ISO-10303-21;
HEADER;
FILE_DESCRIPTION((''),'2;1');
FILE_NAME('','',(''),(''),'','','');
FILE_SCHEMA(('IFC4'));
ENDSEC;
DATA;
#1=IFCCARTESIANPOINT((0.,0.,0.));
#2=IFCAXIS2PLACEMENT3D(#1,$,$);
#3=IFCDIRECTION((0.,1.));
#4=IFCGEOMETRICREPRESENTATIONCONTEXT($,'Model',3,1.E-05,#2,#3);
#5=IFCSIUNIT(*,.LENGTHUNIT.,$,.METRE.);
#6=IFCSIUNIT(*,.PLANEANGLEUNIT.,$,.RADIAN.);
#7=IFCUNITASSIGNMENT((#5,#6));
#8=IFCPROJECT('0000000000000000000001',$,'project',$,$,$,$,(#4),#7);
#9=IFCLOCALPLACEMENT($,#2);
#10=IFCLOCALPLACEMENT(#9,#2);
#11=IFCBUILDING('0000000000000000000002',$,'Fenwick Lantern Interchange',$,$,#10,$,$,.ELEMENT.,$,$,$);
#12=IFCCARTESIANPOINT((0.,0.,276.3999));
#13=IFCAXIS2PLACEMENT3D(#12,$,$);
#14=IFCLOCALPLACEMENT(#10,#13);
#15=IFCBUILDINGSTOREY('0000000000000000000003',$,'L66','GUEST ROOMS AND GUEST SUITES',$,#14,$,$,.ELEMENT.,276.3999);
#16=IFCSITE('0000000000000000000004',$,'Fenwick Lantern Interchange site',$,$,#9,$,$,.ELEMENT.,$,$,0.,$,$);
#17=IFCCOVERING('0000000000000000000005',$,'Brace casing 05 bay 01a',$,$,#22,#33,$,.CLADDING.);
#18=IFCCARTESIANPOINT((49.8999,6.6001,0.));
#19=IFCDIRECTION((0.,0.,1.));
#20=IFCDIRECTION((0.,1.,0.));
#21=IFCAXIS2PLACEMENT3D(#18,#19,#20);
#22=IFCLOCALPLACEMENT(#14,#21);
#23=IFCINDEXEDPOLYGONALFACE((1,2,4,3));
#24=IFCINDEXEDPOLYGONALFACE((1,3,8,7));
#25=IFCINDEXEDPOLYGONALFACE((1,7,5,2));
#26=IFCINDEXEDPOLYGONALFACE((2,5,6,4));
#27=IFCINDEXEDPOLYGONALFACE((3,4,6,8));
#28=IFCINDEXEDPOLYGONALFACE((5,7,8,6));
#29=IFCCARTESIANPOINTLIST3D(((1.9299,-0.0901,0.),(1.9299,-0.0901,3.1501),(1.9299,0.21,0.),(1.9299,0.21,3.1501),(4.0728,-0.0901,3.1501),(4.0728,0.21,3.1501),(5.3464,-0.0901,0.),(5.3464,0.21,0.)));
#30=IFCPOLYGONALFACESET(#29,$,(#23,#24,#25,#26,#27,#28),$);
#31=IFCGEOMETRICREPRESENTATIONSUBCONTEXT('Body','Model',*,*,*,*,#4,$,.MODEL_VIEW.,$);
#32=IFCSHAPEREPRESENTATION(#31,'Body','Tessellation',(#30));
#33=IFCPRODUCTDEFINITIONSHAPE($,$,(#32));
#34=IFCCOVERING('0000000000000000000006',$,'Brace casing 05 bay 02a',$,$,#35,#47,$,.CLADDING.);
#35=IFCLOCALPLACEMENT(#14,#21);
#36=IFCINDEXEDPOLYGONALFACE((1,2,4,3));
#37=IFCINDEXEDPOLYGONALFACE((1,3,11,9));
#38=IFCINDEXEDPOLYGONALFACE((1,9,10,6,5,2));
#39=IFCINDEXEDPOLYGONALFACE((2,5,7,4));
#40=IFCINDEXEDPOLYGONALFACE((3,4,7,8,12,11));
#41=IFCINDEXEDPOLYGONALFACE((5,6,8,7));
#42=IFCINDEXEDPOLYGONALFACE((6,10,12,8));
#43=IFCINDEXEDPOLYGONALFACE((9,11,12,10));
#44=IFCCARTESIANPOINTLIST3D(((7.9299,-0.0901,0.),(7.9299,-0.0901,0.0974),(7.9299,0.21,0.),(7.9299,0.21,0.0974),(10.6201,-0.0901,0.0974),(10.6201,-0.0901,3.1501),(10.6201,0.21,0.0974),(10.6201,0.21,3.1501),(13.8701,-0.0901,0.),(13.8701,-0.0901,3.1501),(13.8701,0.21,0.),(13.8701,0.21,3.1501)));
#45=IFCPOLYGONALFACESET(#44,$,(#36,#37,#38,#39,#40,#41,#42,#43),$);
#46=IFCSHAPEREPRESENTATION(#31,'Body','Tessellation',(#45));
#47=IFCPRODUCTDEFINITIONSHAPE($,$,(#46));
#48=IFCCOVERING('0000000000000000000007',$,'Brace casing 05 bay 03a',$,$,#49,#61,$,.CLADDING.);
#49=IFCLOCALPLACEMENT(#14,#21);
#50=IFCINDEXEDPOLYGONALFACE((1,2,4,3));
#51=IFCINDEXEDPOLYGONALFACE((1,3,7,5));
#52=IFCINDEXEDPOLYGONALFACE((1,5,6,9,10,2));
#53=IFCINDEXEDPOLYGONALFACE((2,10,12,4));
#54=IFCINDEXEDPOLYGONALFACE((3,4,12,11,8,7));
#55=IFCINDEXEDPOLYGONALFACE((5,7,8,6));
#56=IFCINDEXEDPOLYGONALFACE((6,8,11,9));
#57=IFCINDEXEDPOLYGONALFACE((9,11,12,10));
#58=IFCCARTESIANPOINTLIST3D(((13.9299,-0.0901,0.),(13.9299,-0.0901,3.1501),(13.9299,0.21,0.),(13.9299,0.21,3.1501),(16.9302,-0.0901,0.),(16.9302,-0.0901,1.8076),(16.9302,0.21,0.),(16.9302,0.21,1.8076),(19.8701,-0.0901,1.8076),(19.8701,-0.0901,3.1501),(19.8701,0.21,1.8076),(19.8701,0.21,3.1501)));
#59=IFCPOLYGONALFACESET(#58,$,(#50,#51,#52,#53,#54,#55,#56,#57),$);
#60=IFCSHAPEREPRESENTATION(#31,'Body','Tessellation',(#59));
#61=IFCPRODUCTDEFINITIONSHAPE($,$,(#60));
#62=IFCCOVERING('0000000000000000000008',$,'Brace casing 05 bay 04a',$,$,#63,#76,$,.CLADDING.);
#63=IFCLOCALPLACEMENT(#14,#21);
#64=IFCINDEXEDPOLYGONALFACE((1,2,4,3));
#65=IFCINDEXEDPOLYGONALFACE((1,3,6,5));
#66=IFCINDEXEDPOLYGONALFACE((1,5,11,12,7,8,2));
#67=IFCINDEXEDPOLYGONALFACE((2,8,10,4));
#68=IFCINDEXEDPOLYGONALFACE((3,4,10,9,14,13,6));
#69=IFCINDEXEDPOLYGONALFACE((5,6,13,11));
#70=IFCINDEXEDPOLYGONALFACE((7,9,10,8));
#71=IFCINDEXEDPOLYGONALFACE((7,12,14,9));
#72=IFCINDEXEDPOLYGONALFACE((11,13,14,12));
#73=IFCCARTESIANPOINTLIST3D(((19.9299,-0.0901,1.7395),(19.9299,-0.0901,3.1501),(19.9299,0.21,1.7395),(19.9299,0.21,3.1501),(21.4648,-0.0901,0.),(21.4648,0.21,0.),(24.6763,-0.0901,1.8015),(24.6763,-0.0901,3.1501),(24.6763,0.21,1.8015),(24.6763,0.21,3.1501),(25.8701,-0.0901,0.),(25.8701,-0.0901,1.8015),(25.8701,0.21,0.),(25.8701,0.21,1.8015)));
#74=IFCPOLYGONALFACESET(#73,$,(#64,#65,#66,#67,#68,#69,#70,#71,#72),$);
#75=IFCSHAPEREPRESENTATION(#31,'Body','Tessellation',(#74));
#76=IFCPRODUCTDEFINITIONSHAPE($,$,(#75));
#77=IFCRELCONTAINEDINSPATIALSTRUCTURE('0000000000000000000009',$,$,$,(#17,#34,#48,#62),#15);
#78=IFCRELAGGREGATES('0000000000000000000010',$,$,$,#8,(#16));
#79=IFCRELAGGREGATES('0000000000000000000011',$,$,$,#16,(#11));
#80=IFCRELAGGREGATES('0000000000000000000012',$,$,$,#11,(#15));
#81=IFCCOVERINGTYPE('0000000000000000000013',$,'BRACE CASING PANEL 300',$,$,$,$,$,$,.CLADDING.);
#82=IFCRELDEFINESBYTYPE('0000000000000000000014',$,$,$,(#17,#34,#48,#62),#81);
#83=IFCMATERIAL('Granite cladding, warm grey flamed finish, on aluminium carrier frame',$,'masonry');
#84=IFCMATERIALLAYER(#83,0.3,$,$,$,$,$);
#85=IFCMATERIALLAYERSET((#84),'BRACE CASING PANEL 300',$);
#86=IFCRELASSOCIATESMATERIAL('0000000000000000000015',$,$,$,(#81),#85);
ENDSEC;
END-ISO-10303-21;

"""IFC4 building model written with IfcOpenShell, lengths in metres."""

from ifc_helpers import new_model, si_unit, direction, frame, origin, place, context, subcontext, project, spatial, polyline, outline, extrude, material, layer, layer_set, type_object, element, save


model = new_model("IFC4")

# Units and contexts
model_context = context("Model", 3, precision=1e-05, world=origin(), true_north=direction((0.0, 1.0)))
body_context = subcontext(model_context, "Body", "Model", "MODEL_VIEW")
ifc_project = project(units=[si_unit("LENGTHUNIT", "METRE"), si_unit("PLANEANGLEUNIT", "RADIAN")], contexts=[model_context])

# Site, building, storey
site_placement = place(None, origin())
site = spatial("IfcSite", under=ifc_project, at=site_placement, Name="Fenwick Lantern Interchange site", CompositionType="ELEMENT", RefElevation=0.0)
building_placement = place(site_placement, origin())
building = spatial("IfcBuilding", under=site, at=building_placement, Name="Fenwick Lantern Interchange", CompositionType="ELEMENT")
storey_placement = place(building_placement, frame((0.0, 0.0, 276.3999)))
storey = spatial("IfcBuildingStorey", under=building, at=storey_placement, Name="L66", Description="GUEST ROOMS AND GUEST SUITES", CompositionType="ELEMENT", Elevation=276.3999)

# Coverings
ifc_material_1 = material(Name="Granite cladding, warm grey flamed finish, on aluminium carrier frame", Category="masonry")
ifc_layer_1 = layer(ifc_material_1, 0.3)
ifc_layer_set_1 = layer_set([ifc_layer_1], Name="BRACE CASING PANEL 300")
covering_type = type_object("IfcCoveringType", Name="BRACE CASING PANEL 300", PredefinedType="CLADDING", material=ifc_layer_set_1)
covering_1_placement = place(storey_placement, frame((49.8999, 6.6001, 0.0), z_axis=(0.0, 0.0, 1.0), x_axis=(0.0, 1.0, 0.0)))
element("IfcCovering", 1, at=covering_1_placement, inside=storey, type_object=covering_type, Name="Brace casing 05 bay 01a", PredefinedType="CLADDING", context=body_context, shape_type="SweptSolid", body=[
    extrude(outline(polyline([(1.9299, 0.0), (5.3464, 0.0), (4.0728, 3.1501), (1.9299, 3.1501), (1.9299, 0.0)])), frame((0.0, 0.21, 0.0), z_axis=(0.0, -1.0, 0.0), x_axis=(1.0, 0.0, 0.0)), (0.0, 0.0, 1.0), 0.3),
])
covering_2_placement = place(storey_placement, frame((49.8999, 6.6001, 0.0), z_axis=(0.0, 0.0, 1.0), x_axis=(0.0, 1.0, 0.0)))
element("IfcCovering", 2, at=covering_2_placement, inside=storey, type_object=covering_type, Name="Brace casing 05 bay 02a", PredefinedType="CLADDING", context=body_context, shape_type="SweptSolid", body=[
    extrude(outline(polyline([(7.9299, 0.0), (13.8701, 0.0), (13.8701, 3.1501), (10.6201, 3.1501), (10.6201, 0.0974), (7.9299, 0.0974), (7.9299, 0.0)])), frame((0.0, 0.21, 0.0), z_axis=(0.0, -1.0, 0.0), x_axis=(1.0, 0.0, 0.0)), (0.0, 0.0, 1.0), 0.3),
])
covering_3_placement = place(storey_placement, frame((49.8999, 6.6001, 0.0), z_axis=(0.0, 0.0, 1.0), x_axis=(0.0, 1.0, 0.0)))
element("IfcCovering", 3, at=covering_3_placement, inside=storey, type_object=covering_type, Name="Brace casing 05 bay 03a", PredefinedType="CLADDING", context=body_context, shape_type="SweptSolid", body=[
    extrude(outline(polyline([(13.9299, 0.0), (16.9302, 0.0), (16.9302, 1.8076), (19.8701, 1.8076), (19.8701, 3.1501), (13.9299, 3.1501), (13.9299, 0.0)])), frame((0.0, 0.21, 0.0), z_axis=(0.0, -1.0, 0.0), x_axis=(1.0, 0.0, 0.0)), (0.0, 0.0, 1.0), 0.3),
])
covering_4_placement = place(storey_placement, frame((49.8999, 6.6001, 0.0), z_axis=(0.0, 0.0, 1.0), x_axis=(0.0, 1.0, 0.0)))
element("IfcCovering", 4, at=covering_4_placement, inside=storey, type_object=covering_type, Name="Brace casing 05 bay 04a", PredefinedType="CLADDING", context=body_context, shape_type="SweptSolid", body=[
    extrude(outline(polyline([(21.4648, 0.0), (25.8701, 0.0), (25.8701, 1.8015), (24.6763, 1.8015), (24.6763, 3.1501), (19.9299, 3.1501), (19.9299, 1.7395), (21.4648, 0.0)])), frame((0.0, 0.21, 0.0), z_axis=(0.0, -1.0, 0.0), x_axis=(1.0, 0.0, 0.0)), (0.0, 0.0, 1.0), 0.3),
])

save(model, "model.ifc")
